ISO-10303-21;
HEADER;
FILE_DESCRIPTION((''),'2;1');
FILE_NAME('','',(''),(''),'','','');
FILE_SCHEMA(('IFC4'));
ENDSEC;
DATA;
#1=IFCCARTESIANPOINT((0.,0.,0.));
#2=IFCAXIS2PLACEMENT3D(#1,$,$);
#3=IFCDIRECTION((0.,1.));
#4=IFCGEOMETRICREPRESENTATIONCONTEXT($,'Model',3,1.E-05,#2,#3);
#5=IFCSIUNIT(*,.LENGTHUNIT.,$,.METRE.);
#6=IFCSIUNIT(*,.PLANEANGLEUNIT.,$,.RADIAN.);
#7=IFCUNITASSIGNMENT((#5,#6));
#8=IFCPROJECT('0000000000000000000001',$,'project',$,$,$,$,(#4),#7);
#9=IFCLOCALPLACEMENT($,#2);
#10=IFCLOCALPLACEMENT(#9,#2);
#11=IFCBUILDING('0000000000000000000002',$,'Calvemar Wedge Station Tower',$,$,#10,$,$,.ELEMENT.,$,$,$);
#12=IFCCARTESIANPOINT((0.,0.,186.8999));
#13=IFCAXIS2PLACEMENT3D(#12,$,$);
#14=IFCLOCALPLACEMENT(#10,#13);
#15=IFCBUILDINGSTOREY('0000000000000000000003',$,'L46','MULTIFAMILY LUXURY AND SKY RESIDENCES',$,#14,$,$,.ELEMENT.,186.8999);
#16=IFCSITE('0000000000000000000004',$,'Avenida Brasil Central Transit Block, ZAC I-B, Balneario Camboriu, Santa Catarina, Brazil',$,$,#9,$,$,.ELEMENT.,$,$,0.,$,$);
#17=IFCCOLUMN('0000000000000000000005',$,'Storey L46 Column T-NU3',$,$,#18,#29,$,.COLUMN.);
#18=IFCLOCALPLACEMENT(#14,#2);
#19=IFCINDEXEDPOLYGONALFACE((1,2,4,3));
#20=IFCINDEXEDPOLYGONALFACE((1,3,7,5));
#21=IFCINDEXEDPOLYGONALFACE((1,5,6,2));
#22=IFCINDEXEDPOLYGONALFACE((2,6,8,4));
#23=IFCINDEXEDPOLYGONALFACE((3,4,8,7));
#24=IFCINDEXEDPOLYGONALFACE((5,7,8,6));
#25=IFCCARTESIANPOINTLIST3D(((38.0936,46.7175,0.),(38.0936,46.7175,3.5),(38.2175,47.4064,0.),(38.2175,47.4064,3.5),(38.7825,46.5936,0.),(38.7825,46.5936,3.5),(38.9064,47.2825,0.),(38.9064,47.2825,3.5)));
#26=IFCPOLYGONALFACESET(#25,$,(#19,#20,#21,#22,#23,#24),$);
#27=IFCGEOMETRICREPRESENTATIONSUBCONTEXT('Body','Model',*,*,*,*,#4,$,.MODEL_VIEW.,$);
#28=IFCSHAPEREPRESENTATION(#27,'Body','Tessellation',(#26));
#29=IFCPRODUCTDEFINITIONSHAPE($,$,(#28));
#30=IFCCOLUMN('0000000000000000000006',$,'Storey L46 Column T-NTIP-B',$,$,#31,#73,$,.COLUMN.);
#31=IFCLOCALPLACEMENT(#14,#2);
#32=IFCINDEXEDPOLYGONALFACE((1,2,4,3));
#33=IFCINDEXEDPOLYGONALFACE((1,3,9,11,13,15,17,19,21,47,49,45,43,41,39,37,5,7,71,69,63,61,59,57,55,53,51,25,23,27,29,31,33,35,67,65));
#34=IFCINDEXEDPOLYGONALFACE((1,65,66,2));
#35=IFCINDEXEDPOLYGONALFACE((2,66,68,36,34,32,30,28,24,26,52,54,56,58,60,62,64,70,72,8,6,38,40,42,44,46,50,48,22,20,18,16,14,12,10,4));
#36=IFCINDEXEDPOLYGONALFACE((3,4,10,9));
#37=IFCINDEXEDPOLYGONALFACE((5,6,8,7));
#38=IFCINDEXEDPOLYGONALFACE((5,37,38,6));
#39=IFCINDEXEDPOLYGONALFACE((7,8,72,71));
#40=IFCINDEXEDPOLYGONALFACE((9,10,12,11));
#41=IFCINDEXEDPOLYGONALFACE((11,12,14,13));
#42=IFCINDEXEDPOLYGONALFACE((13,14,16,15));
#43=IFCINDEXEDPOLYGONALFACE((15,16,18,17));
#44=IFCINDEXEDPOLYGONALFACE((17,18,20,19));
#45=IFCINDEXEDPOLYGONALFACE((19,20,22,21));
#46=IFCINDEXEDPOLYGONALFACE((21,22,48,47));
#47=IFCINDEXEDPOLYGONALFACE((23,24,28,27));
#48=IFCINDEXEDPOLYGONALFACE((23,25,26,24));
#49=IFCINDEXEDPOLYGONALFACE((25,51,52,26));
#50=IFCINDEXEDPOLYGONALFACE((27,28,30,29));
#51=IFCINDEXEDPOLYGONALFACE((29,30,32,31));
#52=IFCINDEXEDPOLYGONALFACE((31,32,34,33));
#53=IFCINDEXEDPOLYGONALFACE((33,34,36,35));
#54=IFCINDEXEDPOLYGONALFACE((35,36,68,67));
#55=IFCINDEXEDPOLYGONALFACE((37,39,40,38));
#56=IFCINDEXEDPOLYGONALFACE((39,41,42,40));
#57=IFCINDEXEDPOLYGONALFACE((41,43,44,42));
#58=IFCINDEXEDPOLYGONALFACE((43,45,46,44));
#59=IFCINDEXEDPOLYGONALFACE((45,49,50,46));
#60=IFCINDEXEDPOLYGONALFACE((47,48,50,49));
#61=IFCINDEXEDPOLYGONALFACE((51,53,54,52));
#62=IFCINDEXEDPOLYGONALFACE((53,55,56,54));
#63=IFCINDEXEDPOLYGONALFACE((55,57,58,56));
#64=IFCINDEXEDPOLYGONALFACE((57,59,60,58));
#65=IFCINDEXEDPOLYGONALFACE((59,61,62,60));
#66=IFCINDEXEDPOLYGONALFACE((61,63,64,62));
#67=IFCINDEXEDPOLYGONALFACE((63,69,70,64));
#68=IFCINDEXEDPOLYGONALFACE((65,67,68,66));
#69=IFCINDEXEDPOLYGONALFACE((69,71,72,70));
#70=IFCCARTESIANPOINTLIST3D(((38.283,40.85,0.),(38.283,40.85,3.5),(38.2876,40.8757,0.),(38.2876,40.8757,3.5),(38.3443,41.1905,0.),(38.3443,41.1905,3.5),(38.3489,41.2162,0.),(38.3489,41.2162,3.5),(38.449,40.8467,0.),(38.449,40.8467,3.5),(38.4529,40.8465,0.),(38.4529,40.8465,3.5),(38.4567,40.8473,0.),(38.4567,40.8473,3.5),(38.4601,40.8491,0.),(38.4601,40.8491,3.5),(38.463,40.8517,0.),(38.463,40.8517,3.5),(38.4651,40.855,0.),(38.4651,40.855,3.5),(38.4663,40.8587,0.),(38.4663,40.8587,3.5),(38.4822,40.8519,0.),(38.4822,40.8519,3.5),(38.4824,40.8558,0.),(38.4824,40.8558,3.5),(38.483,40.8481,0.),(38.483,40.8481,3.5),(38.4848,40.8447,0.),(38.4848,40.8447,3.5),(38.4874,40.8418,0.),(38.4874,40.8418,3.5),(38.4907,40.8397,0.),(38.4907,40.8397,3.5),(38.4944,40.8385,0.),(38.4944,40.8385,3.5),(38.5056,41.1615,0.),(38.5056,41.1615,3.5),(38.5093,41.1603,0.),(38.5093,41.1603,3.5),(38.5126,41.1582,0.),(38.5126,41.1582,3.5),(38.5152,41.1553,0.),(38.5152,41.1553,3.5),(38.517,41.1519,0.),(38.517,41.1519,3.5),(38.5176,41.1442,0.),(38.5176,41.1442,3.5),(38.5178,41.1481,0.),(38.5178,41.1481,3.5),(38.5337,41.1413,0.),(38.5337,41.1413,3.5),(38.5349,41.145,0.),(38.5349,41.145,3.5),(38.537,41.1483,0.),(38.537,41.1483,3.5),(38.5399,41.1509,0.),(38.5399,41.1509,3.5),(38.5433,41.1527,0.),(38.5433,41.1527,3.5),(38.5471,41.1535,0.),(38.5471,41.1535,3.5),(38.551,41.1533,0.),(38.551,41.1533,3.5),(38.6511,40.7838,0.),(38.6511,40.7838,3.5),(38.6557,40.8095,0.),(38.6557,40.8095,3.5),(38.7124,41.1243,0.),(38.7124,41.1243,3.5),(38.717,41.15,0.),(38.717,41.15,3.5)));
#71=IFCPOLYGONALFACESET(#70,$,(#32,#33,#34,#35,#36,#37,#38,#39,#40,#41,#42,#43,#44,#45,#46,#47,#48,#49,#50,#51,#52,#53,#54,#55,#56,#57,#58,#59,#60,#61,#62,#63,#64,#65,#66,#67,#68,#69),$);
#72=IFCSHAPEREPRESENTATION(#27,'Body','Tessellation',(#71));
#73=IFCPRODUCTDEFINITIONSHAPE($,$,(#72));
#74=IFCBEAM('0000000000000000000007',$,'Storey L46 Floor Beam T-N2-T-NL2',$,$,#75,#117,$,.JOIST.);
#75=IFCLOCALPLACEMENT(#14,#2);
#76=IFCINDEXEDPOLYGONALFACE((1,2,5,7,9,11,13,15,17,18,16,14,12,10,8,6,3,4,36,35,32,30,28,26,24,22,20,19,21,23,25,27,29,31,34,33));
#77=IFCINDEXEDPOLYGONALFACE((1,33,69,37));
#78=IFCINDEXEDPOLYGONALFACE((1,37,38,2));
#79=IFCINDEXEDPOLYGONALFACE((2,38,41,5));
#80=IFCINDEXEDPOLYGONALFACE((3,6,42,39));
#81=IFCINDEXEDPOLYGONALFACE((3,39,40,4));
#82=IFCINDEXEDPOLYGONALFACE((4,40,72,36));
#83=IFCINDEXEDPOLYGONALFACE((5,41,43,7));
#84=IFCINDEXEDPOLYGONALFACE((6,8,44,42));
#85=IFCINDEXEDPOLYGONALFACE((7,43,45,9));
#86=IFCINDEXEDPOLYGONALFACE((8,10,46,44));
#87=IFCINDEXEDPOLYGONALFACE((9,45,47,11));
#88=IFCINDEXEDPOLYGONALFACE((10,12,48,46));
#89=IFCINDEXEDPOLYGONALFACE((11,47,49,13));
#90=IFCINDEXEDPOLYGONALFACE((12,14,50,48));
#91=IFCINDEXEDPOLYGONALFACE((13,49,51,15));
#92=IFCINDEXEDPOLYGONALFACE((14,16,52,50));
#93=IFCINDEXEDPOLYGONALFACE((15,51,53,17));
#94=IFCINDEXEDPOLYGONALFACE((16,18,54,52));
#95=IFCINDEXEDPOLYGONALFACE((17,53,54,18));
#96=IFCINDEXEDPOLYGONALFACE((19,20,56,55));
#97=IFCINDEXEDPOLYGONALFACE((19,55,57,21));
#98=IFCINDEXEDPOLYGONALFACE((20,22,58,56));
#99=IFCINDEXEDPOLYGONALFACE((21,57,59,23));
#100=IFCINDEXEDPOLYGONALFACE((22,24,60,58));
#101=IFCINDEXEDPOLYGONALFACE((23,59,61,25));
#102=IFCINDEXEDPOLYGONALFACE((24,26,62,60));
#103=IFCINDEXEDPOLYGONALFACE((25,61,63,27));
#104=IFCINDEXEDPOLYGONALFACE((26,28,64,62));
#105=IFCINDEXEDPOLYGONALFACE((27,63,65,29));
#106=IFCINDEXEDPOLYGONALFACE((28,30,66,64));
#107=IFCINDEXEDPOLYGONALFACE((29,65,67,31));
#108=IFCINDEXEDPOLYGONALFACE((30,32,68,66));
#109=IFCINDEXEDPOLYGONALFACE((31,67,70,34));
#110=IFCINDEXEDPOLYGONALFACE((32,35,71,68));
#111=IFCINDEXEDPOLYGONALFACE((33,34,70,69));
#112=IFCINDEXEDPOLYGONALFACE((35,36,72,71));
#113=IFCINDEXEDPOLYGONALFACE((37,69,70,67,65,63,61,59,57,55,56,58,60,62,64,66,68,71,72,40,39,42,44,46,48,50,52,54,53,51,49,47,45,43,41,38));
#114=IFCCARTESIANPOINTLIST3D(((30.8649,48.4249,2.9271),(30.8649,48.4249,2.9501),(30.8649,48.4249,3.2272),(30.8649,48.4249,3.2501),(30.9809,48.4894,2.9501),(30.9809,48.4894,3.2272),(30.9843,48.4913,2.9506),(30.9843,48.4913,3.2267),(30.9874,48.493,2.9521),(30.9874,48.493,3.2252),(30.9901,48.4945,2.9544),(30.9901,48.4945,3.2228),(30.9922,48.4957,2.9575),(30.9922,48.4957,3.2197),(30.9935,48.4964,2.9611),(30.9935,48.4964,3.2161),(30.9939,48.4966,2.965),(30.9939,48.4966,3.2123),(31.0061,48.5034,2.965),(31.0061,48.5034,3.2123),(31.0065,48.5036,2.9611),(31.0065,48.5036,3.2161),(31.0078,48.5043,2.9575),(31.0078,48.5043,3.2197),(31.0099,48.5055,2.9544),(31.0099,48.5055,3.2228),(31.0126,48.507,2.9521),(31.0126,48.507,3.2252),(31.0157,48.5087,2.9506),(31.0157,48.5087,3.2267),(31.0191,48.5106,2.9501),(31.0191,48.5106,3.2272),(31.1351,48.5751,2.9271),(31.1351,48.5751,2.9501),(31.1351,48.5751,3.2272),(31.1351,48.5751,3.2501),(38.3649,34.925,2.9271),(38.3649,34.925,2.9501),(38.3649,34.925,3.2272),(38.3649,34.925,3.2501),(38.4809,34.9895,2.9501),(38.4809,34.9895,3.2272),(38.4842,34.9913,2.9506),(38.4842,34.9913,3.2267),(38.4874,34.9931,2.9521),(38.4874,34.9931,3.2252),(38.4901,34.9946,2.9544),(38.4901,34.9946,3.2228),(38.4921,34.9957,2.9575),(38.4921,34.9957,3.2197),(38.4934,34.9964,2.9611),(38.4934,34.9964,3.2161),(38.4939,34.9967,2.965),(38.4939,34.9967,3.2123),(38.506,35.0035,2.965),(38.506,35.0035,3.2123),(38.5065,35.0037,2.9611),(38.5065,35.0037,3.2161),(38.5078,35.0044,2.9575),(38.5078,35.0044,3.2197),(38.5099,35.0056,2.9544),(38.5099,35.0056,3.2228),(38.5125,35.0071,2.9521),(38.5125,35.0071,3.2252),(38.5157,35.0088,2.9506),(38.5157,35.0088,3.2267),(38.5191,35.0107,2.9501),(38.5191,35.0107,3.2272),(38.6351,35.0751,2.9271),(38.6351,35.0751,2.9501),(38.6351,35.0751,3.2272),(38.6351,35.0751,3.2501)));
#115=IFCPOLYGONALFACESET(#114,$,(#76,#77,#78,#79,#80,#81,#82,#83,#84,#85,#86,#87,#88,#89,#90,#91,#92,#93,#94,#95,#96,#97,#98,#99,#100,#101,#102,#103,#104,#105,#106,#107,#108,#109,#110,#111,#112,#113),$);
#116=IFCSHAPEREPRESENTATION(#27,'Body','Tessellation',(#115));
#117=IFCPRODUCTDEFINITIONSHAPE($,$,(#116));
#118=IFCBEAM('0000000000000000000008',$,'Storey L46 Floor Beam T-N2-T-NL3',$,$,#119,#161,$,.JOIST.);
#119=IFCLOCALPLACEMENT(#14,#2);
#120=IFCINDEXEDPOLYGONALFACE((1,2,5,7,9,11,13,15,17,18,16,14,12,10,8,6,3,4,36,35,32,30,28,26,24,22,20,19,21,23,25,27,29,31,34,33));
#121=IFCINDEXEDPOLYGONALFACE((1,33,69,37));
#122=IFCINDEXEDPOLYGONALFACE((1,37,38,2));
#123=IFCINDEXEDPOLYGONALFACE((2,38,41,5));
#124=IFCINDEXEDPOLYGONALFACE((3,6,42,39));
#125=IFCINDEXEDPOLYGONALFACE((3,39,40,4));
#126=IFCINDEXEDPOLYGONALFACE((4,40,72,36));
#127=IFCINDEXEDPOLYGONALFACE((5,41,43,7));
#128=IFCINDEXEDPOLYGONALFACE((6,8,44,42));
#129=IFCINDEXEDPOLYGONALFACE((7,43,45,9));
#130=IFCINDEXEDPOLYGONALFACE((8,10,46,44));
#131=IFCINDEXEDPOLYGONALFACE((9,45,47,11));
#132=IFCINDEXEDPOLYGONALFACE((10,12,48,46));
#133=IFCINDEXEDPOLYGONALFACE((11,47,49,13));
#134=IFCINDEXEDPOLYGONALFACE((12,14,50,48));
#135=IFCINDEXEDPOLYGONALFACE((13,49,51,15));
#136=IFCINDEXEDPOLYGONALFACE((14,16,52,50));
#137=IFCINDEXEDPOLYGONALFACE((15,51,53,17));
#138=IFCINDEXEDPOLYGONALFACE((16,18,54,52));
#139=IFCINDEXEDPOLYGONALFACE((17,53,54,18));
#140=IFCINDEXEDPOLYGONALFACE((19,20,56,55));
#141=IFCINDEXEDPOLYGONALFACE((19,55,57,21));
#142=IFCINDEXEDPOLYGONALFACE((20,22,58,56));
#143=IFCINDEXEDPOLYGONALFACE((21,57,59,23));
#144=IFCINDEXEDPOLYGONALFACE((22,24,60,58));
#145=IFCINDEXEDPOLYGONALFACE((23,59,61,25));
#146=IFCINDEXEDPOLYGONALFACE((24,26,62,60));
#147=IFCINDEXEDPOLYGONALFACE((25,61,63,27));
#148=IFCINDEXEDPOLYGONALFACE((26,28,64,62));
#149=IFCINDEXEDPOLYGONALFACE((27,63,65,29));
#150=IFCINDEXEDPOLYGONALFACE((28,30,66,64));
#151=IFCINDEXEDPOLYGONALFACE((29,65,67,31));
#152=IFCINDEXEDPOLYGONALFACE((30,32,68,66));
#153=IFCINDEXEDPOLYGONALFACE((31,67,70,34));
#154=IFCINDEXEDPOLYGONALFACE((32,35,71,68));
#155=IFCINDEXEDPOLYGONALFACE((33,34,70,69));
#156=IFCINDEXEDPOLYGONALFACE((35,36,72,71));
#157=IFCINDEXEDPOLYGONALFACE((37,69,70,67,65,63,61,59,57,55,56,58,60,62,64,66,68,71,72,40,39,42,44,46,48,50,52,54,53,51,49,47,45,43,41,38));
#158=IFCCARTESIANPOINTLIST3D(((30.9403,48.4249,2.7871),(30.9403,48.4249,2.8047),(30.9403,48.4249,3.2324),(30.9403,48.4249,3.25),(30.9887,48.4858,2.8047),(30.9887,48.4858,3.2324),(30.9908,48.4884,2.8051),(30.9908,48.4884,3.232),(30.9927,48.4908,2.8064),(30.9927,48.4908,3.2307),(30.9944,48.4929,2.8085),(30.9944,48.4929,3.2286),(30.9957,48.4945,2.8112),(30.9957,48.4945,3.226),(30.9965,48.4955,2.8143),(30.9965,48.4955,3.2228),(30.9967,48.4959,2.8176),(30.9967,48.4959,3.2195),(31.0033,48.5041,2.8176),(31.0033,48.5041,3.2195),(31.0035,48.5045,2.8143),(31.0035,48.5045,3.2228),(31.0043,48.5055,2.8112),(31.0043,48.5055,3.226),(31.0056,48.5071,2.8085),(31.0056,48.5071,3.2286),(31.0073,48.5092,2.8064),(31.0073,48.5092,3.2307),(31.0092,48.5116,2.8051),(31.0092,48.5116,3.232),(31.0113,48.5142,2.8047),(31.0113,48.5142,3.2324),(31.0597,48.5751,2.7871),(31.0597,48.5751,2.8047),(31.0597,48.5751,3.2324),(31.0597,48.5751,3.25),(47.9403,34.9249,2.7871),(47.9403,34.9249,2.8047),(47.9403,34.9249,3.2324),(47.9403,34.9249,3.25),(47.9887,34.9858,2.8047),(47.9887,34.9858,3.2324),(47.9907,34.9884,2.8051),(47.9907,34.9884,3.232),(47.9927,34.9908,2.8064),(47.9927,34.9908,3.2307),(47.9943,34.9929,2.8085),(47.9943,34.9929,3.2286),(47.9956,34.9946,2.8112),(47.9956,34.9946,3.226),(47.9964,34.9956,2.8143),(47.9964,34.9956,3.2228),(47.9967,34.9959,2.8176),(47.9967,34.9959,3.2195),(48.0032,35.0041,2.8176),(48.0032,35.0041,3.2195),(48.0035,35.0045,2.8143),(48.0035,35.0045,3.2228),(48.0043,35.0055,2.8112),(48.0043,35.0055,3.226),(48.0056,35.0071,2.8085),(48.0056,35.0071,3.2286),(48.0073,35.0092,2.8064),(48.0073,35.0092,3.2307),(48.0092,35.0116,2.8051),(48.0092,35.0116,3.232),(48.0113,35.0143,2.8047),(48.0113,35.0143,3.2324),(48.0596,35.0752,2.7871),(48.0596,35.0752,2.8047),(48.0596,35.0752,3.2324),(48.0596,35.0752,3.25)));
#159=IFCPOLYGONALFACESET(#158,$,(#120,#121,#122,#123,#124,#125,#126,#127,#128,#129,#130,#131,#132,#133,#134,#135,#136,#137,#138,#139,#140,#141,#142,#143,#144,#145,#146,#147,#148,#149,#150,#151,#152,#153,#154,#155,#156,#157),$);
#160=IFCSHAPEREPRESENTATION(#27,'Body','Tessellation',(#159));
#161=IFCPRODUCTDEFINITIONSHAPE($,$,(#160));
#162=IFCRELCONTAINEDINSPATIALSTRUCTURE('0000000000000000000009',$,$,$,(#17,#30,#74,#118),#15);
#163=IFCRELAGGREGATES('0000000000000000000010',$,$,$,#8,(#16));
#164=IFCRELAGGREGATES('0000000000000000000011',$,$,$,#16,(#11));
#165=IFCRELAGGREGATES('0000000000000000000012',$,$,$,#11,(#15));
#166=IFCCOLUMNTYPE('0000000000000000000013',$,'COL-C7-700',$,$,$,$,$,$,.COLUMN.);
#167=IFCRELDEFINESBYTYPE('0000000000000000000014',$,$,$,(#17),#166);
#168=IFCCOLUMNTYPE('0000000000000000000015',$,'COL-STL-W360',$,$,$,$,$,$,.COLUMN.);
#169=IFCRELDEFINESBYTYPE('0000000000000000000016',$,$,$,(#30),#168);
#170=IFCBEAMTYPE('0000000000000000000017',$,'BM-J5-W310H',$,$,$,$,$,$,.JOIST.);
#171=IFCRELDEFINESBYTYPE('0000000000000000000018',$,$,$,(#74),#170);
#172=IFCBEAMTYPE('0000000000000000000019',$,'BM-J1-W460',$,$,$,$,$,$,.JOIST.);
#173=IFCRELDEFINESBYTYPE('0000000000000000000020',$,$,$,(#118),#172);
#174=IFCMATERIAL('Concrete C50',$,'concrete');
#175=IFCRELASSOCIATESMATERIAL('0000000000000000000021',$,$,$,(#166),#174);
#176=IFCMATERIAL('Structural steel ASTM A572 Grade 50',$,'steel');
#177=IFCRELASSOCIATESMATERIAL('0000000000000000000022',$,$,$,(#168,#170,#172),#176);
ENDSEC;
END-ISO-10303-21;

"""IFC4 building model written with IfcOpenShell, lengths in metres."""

from ifc_helpers import new_model, si_unit, direction, frame, origin, origin_2d, place, context, subcontext, project, spatial, rectangle, i_section, extrude, source, transform, mapped, material, material_profile, profile_set, type_object, element, save


model = new_model("IFC4")

# Units and contexts
model_context = context("Model", 3, precision=1e-05, world=origin(), true_north=direction((0.0, 1.0)))
body_context = subcontext(model_context, "Body", "Model", "MODEL_VIEW")
ifc_project = project(units=[si_unit("LENGTHUNIT", "METRE"), si_unit("PLANEANGLEUNIT", "RADIAN")], contexts=[model_context])

# Site, building, storey
site_placement = place(None, origin())
site = spatial("IfcSite", under=ifc_project, at=site_placement, Name="Avenida Brasil Central Transit Block, ZAC I-B, Balneario Camboriu, Santa Catarina, Brazil", CompositionType="ELEMENT", RefElevation=0.0)
building_placement = place(site_placement, origin())
building = spatial("IfcBuilding", under=site, at=building_placement, Name="Calvemar Wedge Station Tower", CompositionType="ELEMENT")
storey_placement = place(building_placement, frame((0.0, 0.0, 186.8999)))
storey = spatial("IfcBuildingStorey", under=building, at=storey_placement, Name="L46", Description="MULTIFAMILY LUXURY AND SKY RESIDENCES", CompositionType="ELEMENT", Elevation=186.8999)

# Columns
ifc_material_1 = material(Name="Concrete C50", Category="concrete")
ifc_material_profile_1 = material_profile(ifc_material_1, rectangle(XDim=0.7, YDim=0.7, at=origin_2d()), Name="RC700x700")
ifc_profile_set_1 = profile_set([ifc_material_profile_1], Name="Concrete C50")
column_type_1 = type_object("IfcColumnType", Name="COL-C7-700", PredefinedType="COLUMN", material=ifc_profile_set_1)
shared_shape_1 = source(origin(), body_context, "Body", "SweptSolid", [
    extrude(rectangle(XDim=0.7, YDim=0.7, at=origin_2d()), origin(), (0.0, 0.0, 1.0), 3.5),
])
column_1_placement = place(storey_placement, frame((38.5, 47.0, 0.0), z_axis=(0.0, 0.0, 1.0), x_axis=(0.984196, -0.177085, 0.0)))
element("IfcColumn", 1, at=column_1_placement, inside=storey, type_object=column_type_1, Name="Storey L46 Column T-NU3", PredefinedType="COLUMN", context=body_context, shape_type="MappedRepresentation", body=[
    mapped(shared_shape_1, transform((0.0, 0.0, 0.0), scale=1.0)),
])
ifc_material_2 = material(Name="Structural steel ASTM A572 Grade 50", Category="steel")
ifc_material_profile_2 = material_profile(ifc_material_2, i_section(OverallWidth=0.374, OverallDepth=0.3721, WebThickness=0.0164, FlangeThickness=0.0261, FilletRadius=0.0149, at=origin_2d()), Name="W360x196")
ifc_profile_set_2 = profile_set([ifc_material_profile_2], Name="Structural steel ASTM A572 Grade 50")
column_type_2 = type_object("IfcColumnType", Name="COL-STL-W360", PredefinedType="COLUMN", material=ifc_profile_set_2)
shared_shape_2 = source(origin(), body_context, "Body", "SweptSolid", [
    extrude(i_section(OverallWidth=0.374, OverallDepth=0.3721, WebThickness=0.0164, FlangeThickness=0.0261, FilletRadius=0.0149, at=origin_2d()), origin(), (0.0, 0.0, 1.0), 3.5),
])
column_2_placement = place(storey_placement, frame((38.5, 41.0, 0.0), z_axis=(0.0, 0.0, 1.0), x_axis=(0.984196, -0.177085, 0.0)))
element("IfcColumn", 2, at=column_2_placement, inside=storey, type_object=column_type_2, Name="Storey L46 Column T-NTIP-B", PredefinedType="COLUMN", context=body_context, shape_type="MappedRepresentation", body=[
    mapped(shared_shape_2, transform((0.0, 0.0, 0.0), scale=1.0)),
])

# Beams
ifc_material_profile_3 = material_profile(ifc_material_2, i_section(OverallWidth=0.3091, OverallDepth=0.323, WebThickness=0.0139, FlangeThickness=0.0229, FilletRadius=0.0149, at=origin_2d()), Name="W310x143")
ifc_profile_set_3 = profile_set([ifc_material_profile_3], Name="Structural steel ASTM A572 Grade 50")
beam_type_1 = type_object("IfcBeamType", Name="BM-J5-W310H", PredefinedType="JOIST", material=ifc_profile_set_3)
shared_shape_3 = source(origin(), body_context, "Body", "SweptSolid", [
    extrude(i_section(OverallWidth=0.3091, OverallDepth=0.323, WebThickness=0.0139, FlangeThickness=0.0229, FilletRadius=0.0149, at=origin_2d()), origin(), (0.0, 0.0, 1.0), 15.4434),
])
beam_1_placement = place(storey_placement, frame((31.0, 48.5, 3.0886), z_axis=(0.485643, -0.874157, 0.0), x_axis=(0.874157, 0.485643, 0.0)))
element("IfcBeam", 3, at=beam_1_placement, inside=storey, type_object=beam_type_1, Name="Storey L46 Floor Beam T-N2-T-NL2", PredefinedType="JOIST", context=body_context, shape_type="MappedRepresentation", body=[
    mapped(shared_shape_3, transform((0.0, 0.0, 0.0), scale=1.0)),
])
ifc_material_profile_4 = material_profile(ifc_material_2, i_section(OverallWidth=0.1919, OverallDepth=0.4629, WebThickness=0.0105, FlangeThickness=0.0176, FilletRadius=0.0129, at=origin_2d()), Name="W460x89")
ifc_profile_set_4 = profile_set([ifc_material_profile_4], Name="Structural steel ASTM A572 Grade 50")
beam_type_2 = type_object("IfcBeamType", Name="BM-J1-W460", PredefinedType="JOIST", material=ifc_profile_set_4)
shared_shape_4 = source(origin(), body_context, "Body", "SweptSolid", [
    extrude(i_section(OverallWidth=0.1919, OverallDepth=0.4629, WebThickness=0.0105, FlangeThickness=0.0176, FilletRadius=0.0129, at=origin_2d()), origin(), (0.0, 0.0, 1.0), 21.7083),
])
beam_2_placement = place(storey_placement, frame((31.0, 48.5, 3.0186), z_axis=(0.783111, -0.621882, 0.0), x_axis=(0.621882, 0.783111, 0.0)))
element("IfcBeam", 4, at=beam_2_placement, inside=storey, type_object=beam_type_2, Name="Storey L46 Floor Beam T-N2-T-NL3", PredefinedType="JOIST", context=body_context, shape_type="MappedRepresentation", body=[
    mapped(shared_shape_4, transform((0.0, 0.0, 0.0), scale=1.0)),
])

save(model, "model.ifc")
